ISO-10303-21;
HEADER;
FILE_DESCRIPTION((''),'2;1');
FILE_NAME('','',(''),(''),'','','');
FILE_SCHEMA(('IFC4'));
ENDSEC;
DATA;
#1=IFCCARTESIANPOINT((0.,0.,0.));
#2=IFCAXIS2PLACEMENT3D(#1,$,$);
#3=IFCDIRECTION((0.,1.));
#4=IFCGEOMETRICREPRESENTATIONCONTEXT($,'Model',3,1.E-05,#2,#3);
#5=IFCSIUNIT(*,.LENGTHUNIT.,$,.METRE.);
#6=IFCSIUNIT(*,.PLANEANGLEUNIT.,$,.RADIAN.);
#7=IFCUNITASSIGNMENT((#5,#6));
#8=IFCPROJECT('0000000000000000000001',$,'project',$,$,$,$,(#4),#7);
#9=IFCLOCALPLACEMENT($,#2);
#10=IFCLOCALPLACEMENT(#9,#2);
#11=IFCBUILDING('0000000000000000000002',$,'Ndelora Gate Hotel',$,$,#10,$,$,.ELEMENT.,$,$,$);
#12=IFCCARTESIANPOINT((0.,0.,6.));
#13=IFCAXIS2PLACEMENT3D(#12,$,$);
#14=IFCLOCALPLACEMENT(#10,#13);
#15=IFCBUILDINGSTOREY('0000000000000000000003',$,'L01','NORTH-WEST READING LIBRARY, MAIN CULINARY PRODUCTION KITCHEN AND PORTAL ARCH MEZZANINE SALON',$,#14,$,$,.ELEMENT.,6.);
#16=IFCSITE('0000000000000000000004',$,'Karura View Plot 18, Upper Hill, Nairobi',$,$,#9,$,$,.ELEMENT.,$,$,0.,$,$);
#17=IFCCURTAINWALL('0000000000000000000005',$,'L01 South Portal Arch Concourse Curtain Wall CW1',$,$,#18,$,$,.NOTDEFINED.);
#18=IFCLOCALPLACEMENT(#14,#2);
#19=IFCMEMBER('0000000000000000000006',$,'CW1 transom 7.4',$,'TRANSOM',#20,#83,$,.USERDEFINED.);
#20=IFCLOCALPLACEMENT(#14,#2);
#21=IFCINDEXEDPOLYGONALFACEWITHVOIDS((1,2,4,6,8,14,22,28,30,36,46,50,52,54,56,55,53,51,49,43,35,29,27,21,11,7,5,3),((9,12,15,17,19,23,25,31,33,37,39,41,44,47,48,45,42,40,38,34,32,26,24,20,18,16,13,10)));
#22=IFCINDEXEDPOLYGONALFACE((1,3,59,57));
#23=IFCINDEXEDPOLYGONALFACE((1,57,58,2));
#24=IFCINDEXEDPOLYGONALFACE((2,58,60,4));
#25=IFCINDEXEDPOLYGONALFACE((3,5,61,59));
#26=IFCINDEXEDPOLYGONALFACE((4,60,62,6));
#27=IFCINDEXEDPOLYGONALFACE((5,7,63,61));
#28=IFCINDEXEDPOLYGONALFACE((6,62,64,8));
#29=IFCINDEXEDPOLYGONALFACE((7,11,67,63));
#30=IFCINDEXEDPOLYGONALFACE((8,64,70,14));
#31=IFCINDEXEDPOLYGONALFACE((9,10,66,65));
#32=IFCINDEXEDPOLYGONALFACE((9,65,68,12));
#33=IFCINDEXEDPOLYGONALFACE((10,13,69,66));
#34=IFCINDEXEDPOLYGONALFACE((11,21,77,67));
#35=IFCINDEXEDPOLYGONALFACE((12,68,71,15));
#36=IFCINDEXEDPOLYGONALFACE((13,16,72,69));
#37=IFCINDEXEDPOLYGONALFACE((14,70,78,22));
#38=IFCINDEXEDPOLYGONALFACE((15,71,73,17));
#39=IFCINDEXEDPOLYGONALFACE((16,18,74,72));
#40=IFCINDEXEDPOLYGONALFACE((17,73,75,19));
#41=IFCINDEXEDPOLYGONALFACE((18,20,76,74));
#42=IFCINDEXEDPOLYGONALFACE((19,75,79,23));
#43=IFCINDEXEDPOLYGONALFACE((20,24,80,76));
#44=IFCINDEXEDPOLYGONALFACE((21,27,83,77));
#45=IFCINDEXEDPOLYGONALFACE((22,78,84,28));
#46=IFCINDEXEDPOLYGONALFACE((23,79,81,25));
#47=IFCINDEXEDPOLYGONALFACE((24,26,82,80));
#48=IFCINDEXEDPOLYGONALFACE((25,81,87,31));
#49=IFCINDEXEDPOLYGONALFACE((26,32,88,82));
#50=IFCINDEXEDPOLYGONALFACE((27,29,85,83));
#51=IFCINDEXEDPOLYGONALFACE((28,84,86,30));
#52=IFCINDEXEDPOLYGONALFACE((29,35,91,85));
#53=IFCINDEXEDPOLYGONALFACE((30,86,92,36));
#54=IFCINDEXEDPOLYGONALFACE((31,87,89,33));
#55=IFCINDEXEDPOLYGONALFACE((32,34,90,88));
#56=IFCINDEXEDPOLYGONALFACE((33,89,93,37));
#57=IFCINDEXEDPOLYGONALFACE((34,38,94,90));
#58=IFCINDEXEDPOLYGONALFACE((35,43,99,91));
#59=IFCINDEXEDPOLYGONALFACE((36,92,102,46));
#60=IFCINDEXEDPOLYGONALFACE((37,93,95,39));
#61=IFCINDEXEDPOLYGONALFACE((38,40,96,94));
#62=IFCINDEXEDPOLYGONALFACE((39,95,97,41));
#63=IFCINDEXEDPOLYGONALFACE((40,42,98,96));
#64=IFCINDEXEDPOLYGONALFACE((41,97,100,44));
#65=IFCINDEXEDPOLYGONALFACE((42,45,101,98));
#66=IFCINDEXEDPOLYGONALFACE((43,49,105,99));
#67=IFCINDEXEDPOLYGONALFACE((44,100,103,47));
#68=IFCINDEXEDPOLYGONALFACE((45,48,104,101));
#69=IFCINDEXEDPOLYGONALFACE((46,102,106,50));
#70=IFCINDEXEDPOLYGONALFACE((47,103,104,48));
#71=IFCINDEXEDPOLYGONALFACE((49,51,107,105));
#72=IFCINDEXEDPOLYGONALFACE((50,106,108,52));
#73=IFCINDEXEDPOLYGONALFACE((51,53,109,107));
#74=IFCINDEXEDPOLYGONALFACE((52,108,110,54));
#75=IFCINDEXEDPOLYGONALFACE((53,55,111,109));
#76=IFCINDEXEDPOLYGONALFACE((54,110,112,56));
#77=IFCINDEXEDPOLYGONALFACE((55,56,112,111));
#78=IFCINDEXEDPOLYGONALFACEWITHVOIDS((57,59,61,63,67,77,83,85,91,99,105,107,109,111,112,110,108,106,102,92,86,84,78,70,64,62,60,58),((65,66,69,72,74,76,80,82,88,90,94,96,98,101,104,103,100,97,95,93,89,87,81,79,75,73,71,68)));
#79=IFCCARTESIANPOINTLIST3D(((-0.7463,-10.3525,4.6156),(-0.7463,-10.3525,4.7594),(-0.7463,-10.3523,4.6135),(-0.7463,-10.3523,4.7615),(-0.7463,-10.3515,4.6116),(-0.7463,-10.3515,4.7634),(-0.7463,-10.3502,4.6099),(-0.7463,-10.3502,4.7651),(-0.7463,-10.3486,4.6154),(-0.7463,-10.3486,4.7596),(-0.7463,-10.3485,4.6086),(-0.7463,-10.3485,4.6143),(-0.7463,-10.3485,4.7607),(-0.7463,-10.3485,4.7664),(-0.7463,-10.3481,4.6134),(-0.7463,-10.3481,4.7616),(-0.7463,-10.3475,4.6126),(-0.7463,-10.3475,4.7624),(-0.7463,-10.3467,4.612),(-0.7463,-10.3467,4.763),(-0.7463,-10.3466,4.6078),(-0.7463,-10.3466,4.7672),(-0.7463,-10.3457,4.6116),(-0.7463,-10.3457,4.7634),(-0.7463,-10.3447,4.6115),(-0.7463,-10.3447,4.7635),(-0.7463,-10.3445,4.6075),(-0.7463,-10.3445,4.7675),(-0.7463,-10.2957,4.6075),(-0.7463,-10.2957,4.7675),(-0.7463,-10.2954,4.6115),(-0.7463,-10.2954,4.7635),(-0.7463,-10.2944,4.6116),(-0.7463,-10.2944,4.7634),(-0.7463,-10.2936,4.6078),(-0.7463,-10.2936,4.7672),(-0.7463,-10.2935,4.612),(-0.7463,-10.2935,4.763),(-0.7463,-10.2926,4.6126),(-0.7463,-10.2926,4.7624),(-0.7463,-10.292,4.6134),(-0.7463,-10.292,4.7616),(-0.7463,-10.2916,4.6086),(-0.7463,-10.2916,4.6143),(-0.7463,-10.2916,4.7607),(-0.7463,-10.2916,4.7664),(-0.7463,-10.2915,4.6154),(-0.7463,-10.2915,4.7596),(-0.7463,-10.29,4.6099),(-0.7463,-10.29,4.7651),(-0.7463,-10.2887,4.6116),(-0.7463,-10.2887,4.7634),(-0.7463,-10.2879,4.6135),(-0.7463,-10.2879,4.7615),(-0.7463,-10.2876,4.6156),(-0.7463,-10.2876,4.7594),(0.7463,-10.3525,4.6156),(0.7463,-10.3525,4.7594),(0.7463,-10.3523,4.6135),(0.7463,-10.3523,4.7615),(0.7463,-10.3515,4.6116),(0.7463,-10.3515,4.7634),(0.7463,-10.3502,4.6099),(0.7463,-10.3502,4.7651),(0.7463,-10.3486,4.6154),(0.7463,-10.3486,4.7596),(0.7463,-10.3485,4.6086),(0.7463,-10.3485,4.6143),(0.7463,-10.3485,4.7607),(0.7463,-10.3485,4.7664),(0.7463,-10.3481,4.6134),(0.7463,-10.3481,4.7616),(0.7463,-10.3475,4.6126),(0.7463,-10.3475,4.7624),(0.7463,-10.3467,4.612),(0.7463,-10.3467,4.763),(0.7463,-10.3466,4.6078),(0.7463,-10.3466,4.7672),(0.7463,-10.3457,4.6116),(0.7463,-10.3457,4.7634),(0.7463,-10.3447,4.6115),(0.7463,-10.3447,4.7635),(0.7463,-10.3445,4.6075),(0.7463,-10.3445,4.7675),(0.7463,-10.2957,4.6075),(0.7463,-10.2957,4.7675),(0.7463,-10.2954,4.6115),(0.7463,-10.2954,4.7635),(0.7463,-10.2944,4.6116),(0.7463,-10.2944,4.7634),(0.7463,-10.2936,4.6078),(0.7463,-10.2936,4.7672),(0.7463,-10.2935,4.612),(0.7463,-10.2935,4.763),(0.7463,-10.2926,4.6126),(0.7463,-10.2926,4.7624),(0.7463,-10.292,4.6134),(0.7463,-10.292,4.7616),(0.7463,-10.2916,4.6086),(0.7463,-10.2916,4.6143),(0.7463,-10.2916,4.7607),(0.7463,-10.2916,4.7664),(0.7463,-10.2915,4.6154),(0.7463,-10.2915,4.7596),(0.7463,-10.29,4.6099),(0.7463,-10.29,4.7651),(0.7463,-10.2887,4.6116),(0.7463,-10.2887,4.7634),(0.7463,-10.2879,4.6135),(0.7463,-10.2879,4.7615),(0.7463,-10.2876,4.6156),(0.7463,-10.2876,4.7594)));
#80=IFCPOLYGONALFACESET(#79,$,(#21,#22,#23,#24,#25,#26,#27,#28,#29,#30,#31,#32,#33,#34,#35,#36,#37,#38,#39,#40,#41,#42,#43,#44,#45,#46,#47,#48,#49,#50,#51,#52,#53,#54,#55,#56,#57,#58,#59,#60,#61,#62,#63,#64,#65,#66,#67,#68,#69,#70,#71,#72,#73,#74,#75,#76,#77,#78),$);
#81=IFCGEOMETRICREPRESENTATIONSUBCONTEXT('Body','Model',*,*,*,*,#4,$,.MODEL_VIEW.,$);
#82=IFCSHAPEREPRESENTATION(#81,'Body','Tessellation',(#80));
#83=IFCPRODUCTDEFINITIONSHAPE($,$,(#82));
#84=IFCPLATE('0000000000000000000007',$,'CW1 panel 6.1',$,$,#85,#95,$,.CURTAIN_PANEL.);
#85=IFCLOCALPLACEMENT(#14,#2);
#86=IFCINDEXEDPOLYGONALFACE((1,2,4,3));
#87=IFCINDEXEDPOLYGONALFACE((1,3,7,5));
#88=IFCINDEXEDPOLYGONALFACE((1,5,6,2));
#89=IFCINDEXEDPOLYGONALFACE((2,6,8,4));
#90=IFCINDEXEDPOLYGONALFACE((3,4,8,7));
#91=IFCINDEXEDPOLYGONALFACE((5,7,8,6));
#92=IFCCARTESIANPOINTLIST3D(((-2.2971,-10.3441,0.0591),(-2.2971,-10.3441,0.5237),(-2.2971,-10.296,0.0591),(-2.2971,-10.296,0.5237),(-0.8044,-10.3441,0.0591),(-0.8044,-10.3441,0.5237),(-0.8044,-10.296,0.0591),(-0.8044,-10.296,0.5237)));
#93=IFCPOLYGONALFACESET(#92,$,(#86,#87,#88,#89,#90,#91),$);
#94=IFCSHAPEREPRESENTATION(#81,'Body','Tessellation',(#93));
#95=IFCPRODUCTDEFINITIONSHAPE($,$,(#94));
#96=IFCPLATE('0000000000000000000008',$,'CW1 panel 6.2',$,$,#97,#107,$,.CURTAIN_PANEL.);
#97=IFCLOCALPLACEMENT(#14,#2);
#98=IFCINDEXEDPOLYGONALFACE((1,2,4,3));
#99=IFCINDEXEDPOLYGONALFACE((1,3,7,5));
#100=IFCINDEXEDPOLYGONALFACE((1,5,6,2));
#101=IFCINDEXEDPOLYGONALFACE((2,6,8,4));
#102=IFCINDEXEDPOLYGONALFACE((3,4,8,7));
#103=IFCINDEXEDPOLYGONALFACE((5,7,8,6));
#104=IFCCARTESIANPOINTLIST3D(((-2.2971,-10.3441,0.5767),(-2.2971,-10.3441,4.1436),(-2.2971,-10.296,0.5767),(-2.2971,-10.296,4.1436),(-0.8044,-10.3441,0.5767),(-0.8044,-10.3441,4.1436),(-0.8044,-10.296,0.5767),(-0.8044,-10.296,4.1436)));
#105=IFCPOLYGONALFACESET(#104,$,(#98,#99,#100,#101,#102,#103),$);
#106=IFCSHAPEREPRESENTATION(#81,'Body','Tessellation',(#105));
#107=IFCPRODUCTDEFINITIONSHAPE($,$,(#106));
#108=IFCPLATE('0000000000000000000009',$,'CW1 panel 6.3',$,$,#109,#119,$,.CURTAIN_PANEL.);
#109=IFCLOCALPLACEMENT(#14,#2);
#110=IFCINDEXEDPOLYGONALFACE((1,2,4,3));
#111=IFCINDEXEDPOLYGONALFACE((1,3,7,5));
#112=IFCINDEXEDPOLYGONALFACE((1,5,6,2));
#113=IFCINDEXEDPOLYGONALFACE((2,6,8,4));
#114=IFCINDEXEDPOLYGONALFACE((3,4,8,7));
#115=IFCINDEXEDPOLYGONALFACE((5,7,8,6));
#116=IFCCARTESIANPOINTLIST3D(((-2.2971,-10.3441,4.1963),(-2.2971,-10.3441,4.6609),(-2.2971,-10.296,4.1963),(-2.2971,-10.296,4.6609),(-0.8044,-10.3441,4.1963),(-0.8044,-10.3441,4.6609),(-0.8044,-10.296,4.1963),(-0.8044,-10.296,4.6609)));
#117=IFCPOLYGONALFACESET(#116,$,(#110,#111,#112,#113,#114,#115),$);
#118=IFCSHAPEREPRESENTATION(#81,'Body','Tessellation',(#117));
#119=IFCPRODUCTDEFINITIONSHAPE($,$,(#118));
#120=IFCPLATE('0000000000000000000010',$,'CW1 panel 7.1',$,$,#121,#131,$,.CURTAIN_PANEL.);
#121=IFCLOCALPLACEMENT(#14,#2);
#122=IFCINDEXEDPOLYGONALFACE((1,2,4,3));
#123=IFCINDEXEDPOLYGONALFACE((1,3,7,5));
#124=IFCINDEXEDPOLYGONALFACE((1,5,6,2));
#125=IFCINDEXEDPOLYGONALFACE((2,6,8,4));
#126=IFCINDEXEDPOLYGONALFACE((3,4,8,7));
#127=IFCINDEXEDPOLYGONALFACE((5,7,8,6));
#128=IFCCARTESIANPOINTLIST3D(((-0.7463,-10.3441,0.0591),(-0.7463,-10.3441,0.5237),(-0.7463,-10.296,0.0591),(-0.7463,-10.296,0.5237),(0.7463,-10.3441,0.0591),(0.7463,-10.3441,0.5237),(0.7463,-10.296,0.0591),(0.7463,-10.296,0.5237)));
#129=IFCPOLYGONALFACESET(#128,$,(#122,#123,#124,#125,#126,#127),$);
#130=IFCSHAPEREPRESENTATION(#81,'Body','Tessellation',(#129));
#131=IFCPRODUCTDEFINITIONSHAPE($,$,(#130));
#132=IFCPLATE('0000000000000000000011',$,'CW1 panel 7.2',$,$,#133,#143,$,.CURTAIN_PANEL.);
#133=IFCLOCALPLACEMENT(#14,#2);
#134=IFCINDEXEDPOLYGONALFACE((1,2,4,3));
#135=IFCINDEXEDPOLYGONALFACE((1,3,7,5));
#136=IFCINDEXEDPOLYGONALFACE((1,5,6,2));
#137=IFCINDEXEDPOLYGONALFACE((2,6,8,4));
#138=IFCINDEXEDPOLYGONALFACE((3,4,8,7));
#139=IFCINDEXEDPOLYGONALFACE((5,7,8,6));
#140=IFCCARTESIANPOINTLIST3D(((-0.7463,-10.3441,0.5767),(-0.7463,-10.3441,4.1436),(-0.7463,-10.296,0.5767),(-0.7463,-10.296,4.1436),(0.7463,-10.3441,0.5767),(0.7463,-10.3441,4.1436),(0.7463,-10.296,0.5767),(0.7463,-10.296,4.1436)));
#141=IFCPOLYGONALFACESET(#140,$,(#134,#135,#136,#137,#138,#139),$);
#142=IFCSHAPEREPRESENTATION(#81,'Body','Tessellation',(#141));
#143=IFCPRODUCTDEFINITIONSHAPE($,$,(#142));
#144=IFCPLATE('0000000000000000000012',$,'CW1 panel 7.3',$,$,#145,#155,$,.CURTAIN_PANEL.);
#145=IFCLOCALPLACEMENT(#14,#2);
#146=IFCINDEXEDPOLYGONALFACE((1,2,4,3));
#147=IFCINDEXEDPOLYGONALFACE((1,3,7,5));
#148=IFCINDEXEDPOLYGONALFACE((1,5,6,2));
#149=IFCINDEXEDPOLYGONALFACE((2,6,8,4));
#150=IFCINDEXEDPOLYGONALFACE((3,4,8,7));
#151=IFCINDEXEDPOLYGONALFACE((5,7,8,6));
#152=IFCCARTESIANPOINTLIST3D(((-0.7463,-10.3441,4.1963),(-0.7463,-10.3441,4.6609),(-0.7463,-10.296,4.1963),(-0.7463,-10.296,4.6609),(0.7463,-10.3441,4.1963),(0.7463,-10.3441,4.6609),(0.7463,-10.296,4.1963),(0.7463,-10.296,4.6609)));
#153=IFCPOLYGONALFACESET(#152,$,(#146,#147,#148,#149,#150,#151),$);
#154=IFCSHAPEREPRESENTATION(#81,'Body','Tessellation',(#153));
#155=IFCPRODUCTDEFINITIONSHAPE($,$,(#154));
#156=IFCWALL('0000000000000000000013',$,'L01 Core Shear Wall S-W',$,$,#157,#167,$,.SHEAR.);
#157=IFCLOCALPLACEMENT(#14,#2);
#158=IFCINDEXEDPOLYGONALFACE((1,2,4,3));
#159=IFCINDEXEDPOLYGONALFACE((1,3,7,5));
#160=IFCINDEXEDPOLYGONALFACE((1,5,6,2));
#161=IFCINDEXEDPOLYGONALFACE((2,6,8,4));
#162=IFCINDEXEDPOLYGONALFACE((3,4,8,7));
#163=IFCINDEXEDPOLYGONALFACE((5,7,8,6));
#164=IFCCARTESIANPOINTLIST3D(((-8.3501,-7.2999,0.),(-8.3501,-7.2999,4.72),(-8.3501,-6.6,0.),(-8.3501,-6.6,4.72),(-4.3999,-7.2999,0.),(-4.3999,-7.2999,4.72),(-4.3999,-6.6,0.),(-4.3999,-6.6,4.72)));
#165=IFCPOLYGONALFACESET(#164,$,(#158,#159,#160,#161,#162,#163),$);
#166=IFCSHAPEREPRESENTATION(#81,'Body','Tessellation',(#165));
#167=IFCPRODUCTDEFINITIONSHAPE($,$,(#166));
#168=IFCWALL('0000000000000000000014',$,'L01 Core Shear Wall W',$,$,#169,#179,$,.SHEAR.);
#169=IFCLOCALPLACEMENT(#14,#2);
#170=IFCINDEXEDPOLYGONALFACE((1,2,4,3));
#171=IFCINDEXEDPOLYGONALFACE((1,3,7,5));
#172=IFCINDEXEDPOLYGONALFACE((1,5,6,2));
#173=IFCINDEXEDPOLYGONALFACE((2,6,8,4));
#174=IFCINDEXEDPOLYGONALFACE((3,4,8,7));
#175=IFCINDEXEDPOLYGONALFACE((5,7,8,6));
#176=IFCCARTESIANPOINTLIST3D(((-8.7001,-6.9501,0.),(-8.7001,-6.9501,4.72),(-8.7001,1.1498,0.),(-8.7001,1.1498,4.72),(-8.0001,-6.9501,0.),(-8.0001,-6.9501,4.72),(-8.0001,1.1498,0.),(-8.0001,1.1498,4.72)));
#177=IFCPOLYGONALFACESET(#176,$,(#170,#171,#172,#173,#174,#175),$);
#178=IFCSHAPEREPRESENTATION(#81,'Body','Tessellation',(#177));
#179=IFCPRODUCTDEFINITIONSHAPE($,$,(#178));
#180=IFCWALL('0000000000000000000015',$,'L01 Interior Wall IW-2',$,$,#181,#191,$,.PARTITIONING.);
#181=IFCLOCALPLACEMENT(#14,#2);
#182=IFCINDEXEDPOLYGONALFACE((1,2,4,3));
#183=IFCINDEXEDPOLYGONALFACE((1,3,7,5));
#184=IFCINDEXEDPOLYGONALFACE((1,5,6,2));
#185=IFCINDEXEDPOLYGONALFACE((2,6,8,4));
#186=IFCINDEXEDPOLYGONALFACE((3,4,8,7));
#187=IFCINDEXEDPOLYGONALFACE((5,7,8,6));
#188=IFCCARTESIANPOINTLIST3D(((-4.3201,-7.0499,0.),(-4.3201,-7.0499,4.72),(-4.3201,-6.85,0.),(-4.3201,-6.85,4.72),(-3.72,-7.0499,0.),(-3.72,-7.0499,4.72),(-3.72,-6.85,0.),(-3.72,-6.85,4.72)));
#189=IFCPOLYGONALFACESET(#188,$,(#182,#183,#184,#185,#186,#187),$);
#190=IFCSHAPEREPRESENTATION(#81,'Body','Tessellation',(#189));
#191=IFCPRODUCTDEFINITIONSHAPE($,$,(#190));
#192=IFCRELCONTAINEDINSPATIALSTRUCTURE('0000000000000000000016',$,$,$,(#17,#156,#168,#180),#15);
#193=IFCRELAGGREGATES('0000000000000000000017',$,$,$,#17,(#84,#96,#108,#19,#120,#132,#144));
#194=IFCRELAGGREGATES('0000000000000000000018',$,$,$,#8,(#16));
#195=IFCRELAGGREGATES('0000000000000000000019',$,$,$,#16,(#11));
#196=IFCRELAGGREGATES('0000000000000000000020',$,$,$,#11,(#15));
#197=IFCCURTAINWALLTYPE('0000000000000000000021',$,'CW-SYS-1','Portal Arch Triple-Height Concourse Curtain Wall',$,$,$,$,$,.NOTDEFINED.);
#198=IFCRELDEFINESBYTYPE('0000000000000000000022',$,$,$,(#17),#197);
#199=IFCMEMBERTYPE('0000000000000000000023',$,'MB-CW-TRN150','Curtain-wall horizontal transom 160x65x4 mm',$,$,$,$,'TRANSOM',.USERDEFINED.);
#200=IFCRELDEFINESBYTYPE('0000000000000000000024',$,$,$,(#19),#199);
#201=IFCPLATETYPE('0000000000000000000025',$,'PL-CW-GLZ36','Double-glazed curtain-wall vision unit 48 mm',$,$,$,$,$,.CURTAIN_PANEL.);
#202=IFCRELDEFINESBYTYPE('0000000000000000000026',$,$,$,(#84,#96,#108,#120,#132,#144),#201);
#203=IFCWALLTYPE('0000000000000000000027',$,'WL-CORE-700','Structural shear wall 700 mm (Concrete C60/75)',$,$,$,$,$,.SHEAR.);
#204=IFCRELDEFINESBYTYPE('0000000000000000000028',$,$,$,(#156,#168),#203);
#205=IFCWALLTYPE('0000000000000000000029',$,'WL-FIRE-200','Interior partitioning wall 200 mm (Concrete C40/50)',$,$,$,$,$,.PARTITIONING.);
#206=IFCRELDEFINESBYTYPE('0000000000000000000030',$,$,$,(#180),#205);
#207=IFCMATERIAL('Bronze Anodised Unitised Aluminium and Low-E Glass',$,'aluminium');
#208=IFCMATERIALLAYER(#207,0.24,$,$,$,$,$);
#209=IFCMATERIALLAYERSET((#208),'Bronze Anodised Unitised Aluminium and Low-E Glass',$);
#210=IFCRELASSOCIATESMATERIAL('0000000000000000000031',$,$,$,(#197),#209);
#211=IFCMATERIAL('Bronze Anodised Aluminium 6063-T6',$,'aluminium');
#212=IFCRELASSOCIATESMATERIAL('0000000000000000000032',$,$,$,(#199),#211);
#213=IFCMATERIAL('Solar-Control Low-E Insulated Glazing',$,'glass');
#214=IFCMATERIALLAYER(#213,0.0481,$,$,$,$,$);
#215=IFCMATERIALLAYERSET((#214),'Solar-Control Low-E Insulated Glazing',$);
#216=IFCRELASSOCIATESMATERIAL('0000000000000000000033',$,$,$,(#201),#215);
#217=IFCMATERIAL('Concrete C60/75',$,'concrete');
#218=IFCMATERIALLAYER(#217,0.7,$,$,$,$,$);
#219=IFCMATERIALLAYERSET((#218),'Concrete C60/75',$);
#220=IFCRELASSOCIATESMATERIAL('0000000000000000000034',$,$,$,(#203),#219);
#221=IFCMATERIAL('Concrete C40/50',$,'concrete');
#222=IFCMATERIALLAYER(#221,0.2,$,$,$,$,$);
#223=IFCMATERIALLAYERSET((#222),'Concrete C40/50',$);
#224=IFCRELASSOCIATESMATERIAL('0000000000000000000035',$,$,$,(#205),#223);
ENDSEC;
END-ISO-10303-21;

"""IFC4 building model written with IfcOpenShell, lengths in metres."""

from ifc_helpers import new_model, si_unit, direction, frame, frame_2d, origin, origin_2d, place, context, subcontext, project, spatial, rectangle, hollow_rectangle, extrude, material, layer, layer_set, material_profile, profile_set, type_object, element, aggregate, save


model = new_model("IFC4")

# Units and contexts
model_context = context("Model", 3, precision=1e-05, world=origin(), true_north=direction((0.0, 1.0)))
body_context = subcontext(model_context, "Body", "Model", "MODEL_VIEW")
ifc_project = project(units=[si_unit("LENGTHUNIT", "METRE"), si_unit("PLANEANGLEUNIT", "RADIAN")], contexts=[model_context])

# Site, building, storey
site_placement = place(None, origin())
site = spatial("IfcSite", under=ifc_project, at=site_placement, Name="Karura View Plot 18, Upper Hill, Nairobi", CompositionType="ELEMENT", RefElevation=0.0)
building_placement = place(site_placement, origin())
building = spatial("IfcBuilding", under=site, at=building_placement, Name="Ndelora Gate Hotel", CompositionType="ELEMENT")
storey_placement = place(building_placement, frame((0.0, 0.0, 6.0)))
storey = spatial("IfcBuildingStorey", under=building, at=storey_placement, Name="L01", Description="NORTH-WEST READING LIBRARY, MAIN CULINARY PRODUCTION KITCHEN AND PORTAL ARCH MEZZANINE SALON", CompositionType="ELEMENT", Elevation=6.0)

# Shared definitions
ifc_material_1 = material(Name="Concrete C60/75", Category="concrete")

# Curtain wall, member, plates
ifc_material_2 = material(Name="Bronze Anodised Unitised Aluminium and Low-E Glass", Category="aluminium")
ifc_layer_1 = layer(ifc_material_2, 0.24)
ifc_layer_set_1 = layer_set([ifc_layer_1], Name="Bronze Anodised Unitised Aluminium and Low-E Glass")
curtain_wall_type = type_object("IfcCurtainWallType", Name="CW-SYS-1", Description="Portal Arch Triple-Height Concourse Curtain Wall", PredefinedType="NOTDEFINED", material=ifc_layer_set_1)
curtain_wall_placement = place(storey_placement, origin())
curtain_wall = element("IfcCurtainWall", 1, at=curtain_wall_placement, inside=storey, type_object=curtain_wall_type, Name="L01 South Portal Arch Concourse Curtain Wall CW1", PredefinedType="NOTDEFINED")
ifc_material_3 = material(Name="Bronze Anodised Aluminium 6063-T6", Category="aluminium")
ifc_material_profile_1 = material_profile(ifc_material_3, hollow_rectangle(XDim=0.0649, YDim=0.1599, WallThickness=0.0039, InnerFilletRadius=0.0039, OuterFilletRadius=0.0081, at=origin_2d()), Name="ALU 160x65x4")
ifc_profile_set_1 = profile_set([ifc_material_profile_1], Name="Bronze Anodised Aluminium 6063-T6")
member_type_1 = type_object("IfcMemberType", Name="MB-CW-TRN150", Description="Curtain-wall horizontal transom 160x65x4 mm", ElementType="TRANSOM", PredefinedType="USERDEFINED", material=ifc_profile_set_1)
member_1_placement = place(storey_placement, frame((-0.7463, -10.3201, 4.6875), z_axis=(1.0, 0.0, 0.0), x_axis=(0.0, 1.0, 0.0)))
member_1 = element("IfcMember", 2, at=member_1_placement, type_object=member_type_1, Name="CW1 transom 7.4", ObjectType="TRANSOM", PredefinedType="USERDEFINED", context=body_context, shape_type="SweptSolid", body=[
    extrude(hollow_rectangle(XDim=0.0649, YDim=0.1599, WallThickness=0.0039, InnerFilletRadius=0.0039, OuterFilletRadius=0.0081, at=origin_2d()), origin(), (0.0, 0.0, 1.0), 1.4927),
])
ifc_material_4 = material(Name="Solar-Control Low-E Insulated Glazing", Category="glass")
ifc_layer_2 = layer(ifc_material_4, 0.0481)
ifc_layer_set_2 = layer_set([ifc_layer_2], Name="Solar-Control Low-E Insulated Glazing")
plate_type = type_object("IfcPlateType", Name="PL-CW-GLZ36", Description="Double-glazed curtain-wall vision unit 48 mm", PredefinedType="CURTAIN_PANEL", material=ifc_layer_set_2)
plate_1_placement = place(storey_placement, frame((-1.5508, -10.3201, 0.0591), z_axis=(0.0, 0.0, 1.0), x_axis=(1.0, 0.0, 0.0)))
plate_1 = element("IfcPlate", 3, at=plate_1_placement, type_object=plate_type, Name="CW1 panel 6.1", PredefinedType="CURTAIN_PANEL", context=body_context, shape_type="SweptSolid", body=[
    extrude(rectangle(XDim=1.4927, YDim=0.0481, at=origin_2d()), origin(), (0.0, 0.0, 1.0), 0.4646),
])
plate_2_placement = place(storey_placement, frame((-1.5508, -10.3201, 0.5767), z_axis=(0.0, 0.0, 1.0), x_axis=(1.0, 0.0, 0.0)))
plate_2 = element("IfcPlate", 4, at=plate_2_placement, type_object=plate_type, Name="CW1 panel 6.2", PredefinedType="CURTAIN_PANEL", context=body_context, shape_type="SweptSolid", body=[
    extrude(rectangle(XDim=1.4927, YDim=0.0481, at=origin_2d()), origin(), (0.0, 0.0, 1.0), 3.5669),
])
plate_3_placement = place(storey_placement, frame((-1.5508, -10.3201, 4.1963), z_axis=(0.0, 0.0, 1.0), x_axis=(1.0, 0.0, 0.0)))
plate_3 = element("IfcPlate", 5, at=plate_3_placement, type_object=plate_type, Name="CW1 panel 6.3", PredefinedType="CURTAIN_PANEL", context=body_context, shape_type="SweptSolid", body=[
    extrude(rectangle(XDim=1.4927, YDim=0.0481, at=origin_2d()), origin(), (0.0, 0.0, 1.0), 0.4646),
])
plate_4_placement = place(storey_placement, frame((0.0, -10.3201, 0.0591), z_axis=(0.0, 0.0, 1.0), x_axis=(1.0, 0.0, 0.0)))
plate_4 = element("IfcPlate", 6, at=plate_4_placement, type_object=plate_type, Name="CW1 panel 7.1", PredefinedType="CURTAIN_PANEL", context=body_context, shape_type="SweptSolid", body=[
    extrude(rectangle(XDim=1.4927, YDim=0.0481, at=origin_2d()), origin(), (0.0, 0.0, 1.0), 0.4646),
])
plate_5_placement = place(storey_placement, frame((0.0, -10.3201, 0.5767), z_axis=(0.0, 0.0, 1.0), x_axis=(1.0, 0.0, 0.0)))
plate_5 = element("IfcPlate", 7, at=plate_5_placement, type_object=plate_type, Name="CW1 panel 7.2", PredefinedType="CURTAIN_PANEL", context=body_context, shape_type="SweptSolid", body=[
    extrude(rectangle(XDim=1.4927, YDim=0.0481, at=origin_2d()), origin(), (0.0, 0.0, 1.0), 3.5669),
])
plate_6_placement = place(storey_placement, frame((0.0, -10.3201, 4.1963), z_axis=(0.0, 0.0, 1.0), x_axis=(1.0, 0.0, 0.0)))
plate_6 = element("IfcPlate", 8, at=plate_6_placement, type_object=plate_type, Name="CW1 panel 7.3", PredefinedType="CURTAIN_PANEL", context=body_context, shape_type="SweptSolid", body=[
    extrude(rectangle(XDim=1.4927, YDim=0.0481, at=origin_2d()), origin(), (0.0, 0.0, 1.0), 0.4646),
])
aggregate(curtain_wall, [plate_1, plate_2, plate_3, member_1, plate_4, plate_5, plate_6])

# Walls
ifc_layer_3 = layer(ifc_material_1, 0.7)
ifc_layer_set_3 = layer_set([ifc_layer_3], Name="Concrete C60/75")
wall_type_1 = type_object("IfcWallType", Name="WL-CORE-700", Description="Structural shear wall 700 mm (Concrete C60/75)", PredefinedType="SHEAR", material=ifc_layer_set_3)
wall_1_placement = place(storey_placement, frame((-8.3501, -6.95, 0.0), z_axis=(0.0, 0.0, 1.0), x_axis=(1.0, 0.0, 0.0)))
element("IfcWall", 9, at=wall_1_placement, inside=storey, type_object=wall_type_1, Name="L01 Core Shear Wall S-W", PredefinedType="SHEAR", context=body_context, shape_type="SweptSolid", body=[
    extrude(rectangle(XDim=3.9502, YDim=0.7, at=frame_2d((1.9751, 0.0))), origin(), (0.0, 0.0, 1.0), 4.72),
])
wall_2_placement = place(storey_placement, frame((-8.3501, -6.95, 0.0), z_axis=(0.0, 0.0, 1.0), x_axis=(0.0, 1.0, 0.0)))
element("IfcWall", 10, at=wall_2_placement, inside=storey, type_object=wall_type_1, Name="L01 Core Shear Wall W", PredefinedType="SHEAR", context=body_context, shape_type="SweptSolid", body=[
    extrude(rectangle(XDim=8.0999, YDim=0.7, at=frame_2d((4.0498, 0.0))), origin(), (0.0, 0.0, 1.0), 4.72),
])
ifc_material_5 = material(Name="Concrete C40/50", Category="concrete")
ifc_layer_4 = layer(ifc_material_5, 0.2)
ifc_layer_set_4 = layer_set([ifc_layer_4], Name="Concrete C40/50")
wall_type_2 = type_object("IfcWallType", Name="WL-FIRE-200", Description="Interior partitioning wall 200 mm (Concrete C40/50)", PredefinedType="PARTITIONING", material=ifc_layer_set_4)
wall_3_placement = place(storey_placement, frame((-4.3201, -6.95, 0.0), z_axis=(0.0, 0.0, 1.0), x_axis=(1.0, 0.0, 0.0)))
element("IfcWall", 11, at=wall_3_placement, inside=storey, type_object=wall_type_2, Name="L01 Interior Wall IW-2", PredefinedType="PARTITIONING", context=body_context, shape_type="SweptSolid", body=[
    extrude(rectangle(XDim=0.6001, YDim=0.2, at=frame_2d((0.3, 0.0))), origin(), (0.0, 0.0, 1.0), 4.72),
])

save(model, "model.ifc")
